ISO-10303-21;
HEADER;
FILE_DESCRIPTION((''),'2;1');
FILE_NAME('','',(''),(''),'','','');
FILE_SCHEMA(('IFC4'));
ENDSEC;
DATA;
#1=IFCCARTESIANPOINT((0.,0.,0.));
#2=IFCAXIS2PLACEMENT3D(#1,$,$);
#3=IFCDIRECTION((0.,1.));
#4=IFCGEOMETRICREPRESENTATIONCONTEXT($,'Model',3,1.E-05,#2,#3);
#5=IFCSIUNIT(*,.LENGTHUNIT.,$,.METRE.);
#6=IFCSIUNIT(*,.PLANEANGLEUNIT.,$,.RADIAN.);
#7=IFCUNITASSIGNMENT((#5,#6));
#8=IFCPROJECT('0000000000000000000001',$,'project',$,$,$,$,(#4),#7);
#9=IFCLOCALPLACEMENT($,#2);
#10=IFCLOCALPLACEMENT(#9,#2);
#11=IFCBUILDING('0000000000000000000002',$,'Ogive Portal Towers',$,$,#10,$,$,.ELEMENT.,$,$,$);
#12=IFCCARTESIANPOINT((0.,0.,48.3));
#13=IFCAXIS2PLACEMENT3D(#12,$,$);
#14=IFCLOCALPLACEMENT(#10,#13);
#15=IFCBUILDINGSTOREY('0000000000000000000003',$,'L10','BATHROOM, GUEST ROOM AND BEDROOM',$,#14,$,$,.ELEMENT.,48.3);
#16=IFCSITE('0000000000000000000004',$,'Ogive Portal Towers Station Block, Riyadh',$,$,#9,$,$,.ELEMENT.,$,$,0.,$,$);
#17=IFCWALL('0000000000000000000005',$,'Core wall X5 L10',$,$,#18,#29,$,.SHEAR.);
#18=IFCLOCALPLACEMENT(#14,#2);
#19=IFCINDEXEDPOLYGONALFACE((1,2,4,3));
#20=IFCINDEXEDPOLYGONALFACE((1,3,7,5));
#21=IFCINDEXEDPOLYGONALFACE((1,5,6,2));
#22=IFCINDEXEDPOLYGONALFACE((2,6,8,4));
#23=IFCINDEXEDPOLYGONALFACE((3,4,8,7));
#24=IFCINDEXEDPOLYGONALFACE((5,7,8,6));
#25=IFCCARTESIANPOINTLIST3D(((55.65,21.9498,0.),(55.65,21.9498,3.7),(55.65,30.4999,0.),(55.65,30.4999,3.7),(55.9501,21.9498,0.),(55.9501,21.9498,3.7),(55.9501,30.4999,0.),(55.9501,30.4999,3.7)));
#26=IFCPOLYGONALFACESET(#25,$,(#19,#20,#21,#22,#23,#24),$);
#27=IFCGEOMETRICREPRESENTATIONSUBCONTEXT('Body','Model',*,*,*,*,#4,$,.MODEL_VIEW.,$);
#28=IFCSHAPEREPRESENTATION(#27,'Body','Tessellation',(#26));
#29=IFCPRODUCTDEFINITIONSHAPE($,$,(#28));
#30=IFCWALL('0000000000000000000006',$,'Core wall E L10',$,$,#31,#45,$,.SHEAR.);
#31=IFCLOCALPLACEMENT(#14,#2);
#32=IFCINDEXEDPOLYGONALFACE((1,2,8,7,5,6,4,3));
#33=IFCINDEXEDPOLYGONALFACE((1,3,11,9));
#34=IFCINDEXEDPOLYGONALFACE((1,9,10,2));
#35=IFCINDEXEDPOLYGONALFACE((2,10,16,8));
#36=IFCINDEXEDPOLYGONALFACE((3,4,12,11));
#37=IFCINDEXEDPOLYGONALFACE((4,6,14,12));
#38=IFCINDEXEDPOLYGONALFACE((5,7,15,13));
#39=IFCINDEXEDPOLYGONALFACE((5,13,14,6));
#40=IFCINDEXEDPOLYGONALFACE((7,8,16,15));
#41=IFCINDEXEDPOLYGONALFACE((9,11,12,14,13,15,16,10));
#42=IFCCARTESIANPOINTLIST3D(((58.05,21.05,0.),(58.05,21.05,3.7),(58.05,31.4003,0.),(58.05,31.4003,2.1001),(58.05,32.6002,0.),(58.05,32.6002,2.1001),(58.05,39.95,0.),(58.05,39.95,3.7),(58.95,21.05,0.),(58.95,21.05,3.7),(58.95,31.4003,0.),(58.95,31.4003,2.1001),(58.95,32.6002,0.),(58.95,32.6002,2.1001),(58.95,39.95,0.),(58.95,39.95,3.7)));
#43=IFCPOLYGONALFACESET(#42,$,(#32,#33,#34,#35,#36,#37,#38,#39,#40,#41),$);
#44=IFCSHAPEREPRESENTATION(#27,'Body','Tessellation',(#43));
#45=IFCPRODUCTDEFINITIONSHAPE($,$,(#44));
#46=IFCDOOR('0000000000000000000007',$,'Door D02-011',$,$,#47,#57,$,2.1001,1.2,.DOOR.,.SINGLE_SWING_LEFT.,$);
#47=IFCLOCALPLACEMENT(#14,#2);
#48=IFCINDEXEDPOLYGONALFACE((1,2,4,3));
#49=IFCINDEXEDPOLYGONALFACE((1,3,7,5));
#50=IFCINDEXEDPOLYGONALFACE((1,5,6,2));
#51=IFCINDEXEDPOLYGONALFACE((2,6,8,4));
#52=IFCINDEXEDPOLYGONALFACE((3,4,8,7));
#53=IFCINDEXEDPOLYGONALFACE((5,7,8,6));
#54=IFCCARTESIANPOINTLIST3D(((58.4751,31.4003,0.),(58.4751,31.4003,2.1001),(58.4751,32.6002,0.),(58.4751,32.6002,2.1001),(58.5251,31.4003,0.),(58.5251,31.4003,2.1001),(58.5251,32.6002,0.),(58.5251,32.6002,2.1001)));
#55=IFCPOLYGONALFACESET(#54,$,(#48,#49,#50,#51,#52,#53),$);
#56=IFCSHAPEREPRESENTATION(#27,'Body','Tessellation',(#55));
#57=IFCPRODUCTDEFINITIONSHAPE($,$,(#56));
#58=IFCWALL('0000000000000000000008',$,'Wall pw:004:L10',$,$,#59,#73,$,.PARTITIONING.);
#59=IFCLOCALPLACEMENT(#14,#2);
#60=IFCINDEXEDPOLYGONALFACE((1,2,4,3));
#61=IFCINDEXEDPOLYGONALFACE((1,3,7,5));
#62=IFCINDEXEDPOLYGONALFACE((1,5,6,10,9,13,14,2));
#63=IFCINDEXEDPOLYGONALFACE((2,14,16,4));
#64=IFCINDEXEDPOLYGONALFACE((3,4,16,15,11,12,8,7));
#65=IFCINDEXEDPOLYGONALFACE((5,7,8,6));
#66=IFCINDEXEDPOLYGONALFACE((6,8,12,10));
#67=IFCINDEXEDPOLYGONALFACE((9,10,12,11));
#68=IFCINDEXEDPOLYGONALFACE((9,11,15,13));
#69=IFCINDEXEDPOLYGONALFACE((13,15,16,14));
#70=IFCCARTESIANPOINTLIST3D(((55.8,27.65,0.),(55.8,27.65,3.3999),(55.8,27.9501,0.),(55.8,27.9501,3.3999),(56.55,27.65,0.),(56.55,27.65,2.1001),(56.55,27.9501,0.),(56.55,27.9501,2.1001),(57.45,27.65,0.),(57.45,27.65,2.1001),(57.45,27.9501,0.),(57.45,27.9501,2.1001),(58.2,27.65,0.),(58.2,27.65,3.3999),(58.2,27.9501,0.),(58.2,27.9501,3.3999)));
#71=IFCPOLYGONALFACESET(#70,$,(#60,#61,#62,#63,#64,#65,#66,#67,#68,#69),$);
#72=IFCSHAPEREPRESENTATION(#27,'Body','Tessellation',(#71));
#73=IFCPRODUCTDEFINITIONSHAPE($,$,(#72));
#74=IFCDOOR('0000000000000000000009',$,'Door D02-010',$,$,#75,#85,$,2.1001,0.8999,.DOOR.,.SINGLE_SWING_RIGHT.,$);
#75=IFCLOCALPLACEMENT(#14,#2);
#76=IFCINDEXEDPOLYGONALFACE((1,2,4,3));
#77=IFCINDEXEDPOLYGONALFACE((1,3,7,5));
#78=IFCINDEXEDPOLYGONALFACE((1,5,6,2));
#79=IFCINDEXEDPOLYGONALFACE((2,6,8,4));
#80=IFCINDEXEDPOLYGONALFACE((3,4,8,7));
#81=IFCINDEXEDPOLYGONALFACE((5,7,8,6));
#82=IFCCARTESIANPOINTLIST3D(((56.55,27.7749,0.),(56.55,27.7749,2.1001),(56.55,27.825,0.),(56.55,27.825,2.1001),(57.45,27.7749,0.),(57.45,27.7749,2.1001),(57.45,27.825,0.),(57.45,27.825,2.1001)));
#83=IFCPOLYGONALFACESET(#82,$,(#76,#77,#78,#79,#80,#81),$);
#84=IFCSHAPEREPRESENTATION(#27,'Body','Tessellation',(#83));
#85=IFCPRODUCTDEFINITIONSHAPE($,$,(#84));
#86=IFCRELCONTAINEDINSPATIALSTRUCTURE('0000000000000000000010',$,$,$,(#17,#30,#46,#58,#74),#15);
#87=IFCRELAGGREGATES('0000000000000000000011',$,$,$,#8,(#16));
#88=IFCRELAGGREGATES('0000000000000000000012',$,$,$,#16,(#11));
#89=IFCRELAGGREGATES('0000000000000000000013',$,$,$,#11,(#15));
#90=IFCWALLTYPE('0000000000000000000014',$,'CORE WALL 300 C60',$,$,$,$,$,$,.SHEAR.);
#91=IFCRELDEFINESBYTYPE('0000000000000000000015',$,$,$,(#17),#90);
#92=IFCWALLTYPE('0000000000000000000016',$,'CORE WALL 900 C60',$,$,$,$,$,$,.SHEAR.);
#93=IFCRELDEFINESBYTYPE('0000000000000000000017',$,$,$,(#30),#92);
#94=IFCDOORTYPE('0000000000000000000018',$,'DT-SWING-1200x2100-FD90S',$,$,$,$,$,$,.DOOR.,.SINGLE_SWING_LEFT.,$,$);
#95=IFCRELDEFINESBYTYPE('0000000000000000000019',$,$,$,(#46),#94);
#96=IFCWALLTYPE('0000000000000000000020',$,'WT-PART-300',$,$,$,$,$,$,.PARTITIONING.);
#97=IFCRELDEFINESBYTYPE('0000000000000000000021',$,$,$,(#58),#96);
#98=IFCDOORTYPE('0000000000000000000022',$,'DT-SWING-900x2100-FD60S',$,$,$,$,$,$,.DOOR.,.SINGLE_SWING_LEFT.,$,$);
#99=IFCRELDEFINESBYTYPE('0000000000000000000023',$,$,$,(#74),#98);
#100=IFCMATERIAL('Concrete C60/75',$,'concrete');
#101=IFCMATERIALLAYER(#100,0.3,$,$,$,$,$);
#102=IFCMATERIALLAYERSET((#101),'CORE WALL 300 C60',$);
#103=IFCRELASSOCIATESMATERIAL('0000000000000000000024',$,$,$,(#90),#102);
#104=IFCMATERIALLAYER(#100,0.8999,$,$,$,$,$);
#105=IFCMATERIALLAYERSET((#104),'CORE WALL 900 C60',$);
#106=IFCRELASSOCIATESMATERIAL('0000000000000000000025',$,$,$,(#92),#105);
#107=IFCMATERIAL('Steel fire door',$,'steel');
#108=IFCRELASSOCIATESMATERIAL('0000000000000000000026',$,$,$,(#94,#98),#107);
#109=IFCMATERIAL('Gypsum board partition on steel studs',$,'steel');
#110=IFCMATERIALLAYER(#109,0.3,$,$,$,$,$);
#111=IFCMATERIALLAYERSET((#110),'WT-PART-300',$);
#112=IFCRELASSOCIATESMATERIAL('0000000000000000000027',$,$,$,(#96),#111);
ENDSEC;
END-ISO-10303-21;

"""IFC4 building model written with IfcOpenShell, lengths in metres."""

from ifc_helpers import new_model, si_unit, direction, frame, frame_2d, origin, place, context, subcontext, project, spatial, rectangle, extrude, material, layer, layer_set, type_object, element, fill, save


model = new_model("IFC4")

# Units and contexts
model_context = context("Model", 3, precision=1e-05, world=origin(), true_north=direction((0.0, 1.0)))
body_context = subcontext(model_context, "Body", "Model", "MODEL_VIEW")
ifc_project = project(units=[si_unit("LENGTHUNIT", "METRE"), si_unit("PLANEANGLEUNIT", "RADIAN")], contexts=[model_context])

# Site, building, storey
site_placement = place(None, origin())
site = spatial("IfcSite", under=ifc_project, at=site_placement, Name="Ogive Portal Towers Station Block, Riyadh", CompositionType="ELEMENT", RefElevation=0.0)
building_placement = place(site_placement, origin())
building = spatial("IfcBuilding", under=site, at=building_placement, Name="Ogive Portal Towers", CompositionType="ELEMENT")
storey_placement = place(building_placement, frame((0.0, 0.0, 48.3)))
storey = spatial("IfcBuildingStorey", under=building, at=storey_placement, Name="L10", Description="BATHROOM, GUEST ROOM AND BEDROOM", CompositionType="ELEMENT", Elevation=48.3)

# Wall
ifc_material_1 = material(Name="Concrete C60/75", Category="concrete")
ifc_layer_1 = layer(ifc_material_1, 0.3)
ifc_layer_set_1 = layer_set([ifc_layer_1], Name="CORE WALL 300 C60")
wall_type_1 = type_object("IfcWallType", Name="CORE WALL 300 C60", PredefinedType="SHEAR", material=ifc_layer_set_1)
wall_1_placement = place(storey_placement, frame((55.8, 21.95, 0.0), z_axis=(0.0, 0.0, 1.0), x_axis=(0.0, 1.0, 0.0)))
element("IfcWall", 1, at=wall_1_placement, inside=storey, type_object=wall_type_1, Name="Core wall X5 L10", PredefinedType="SHEAR", context=body_context, shape_type="SweptSolid", body=[
    extrude(rectangle(XDim=8.55, YDim=0.3, at=frame_2d((4.2749, 0.0))), origin(), (0.0, 0.0, 1.0), 3.7),
])

# Walls, openings, doors
ifc_layer_2 = layer(ifc_material_1, 0.8999)
ifc_layer_set_2 = layer_set([ifc_layer_2], Name="CORE WALL 900 C60")
wall_type_2 = type_object("IfcWallType", Name="CORE WALL 900 C60", PredefinedType="SHEAR", material=ifc_layer_set_2)
wall_2_placement = place(storey_placement, frame((58.5, 21.05, 0.0), z_axis=(0.0, 0.0, 1.0), x_axis=(0.0, 1.0, 0.0)))
wall_2 = element("IfcWall", 2, at=wall_2_placement, inside=storey, type_object=wall_type_2, Name="Core wall E L10", PredefinedType="SHEAR", context=body_context, shape_type="SweptSolid", body=[
    extrude(rectangle(XDim=18.8999, YDim=0.8999, at=frame_2d((9.45, 0.0))), origin(), (0.0, 0.0, 1.0), 3.7),
])
opening_1_placement = place(wall_2_placement, frame((10.3501, 0.0, 0.0)))
opening_1 = element("IfcOpeningElement", 3, at=opening_1_placement, cuts=wall_2, PredefinedType="OPENING", context=body_context, shape_type="SweptSolid", body=[
    extrude(rectangle(XDim=1.2, YDim=2.1001, at=frame_2d((0.6001, 1.05))), frame((0.0, 0.46, 0.0), z_axis=(0.0, -1.0, 0.0), x_axis=(1.0, 0.0, 0.0)), (0.0, 0.0, 1.0), 0.9199),
])
ifc_material_2 = material(Name="Steel fire door", Category="steel")
door_type_1 = type_object("IfcDoorType", Name="DT-SWING-1200x2100-FD90S", OperationType="SINGLE_SWING_LEFT", PredefinedType="DOOR", material=ifc_material_2)
door_1_placement = place(opening_1_placement, origin())
door_1 = element("IfcDoor", 4, at=door_1_placement, inside=storey, type_object=door_type_1, Name="Door D02-011", OperationType="SINGLE_SWING_LEFT", OverallHeight=2.1001, OverallWidth=1.2, PredefinedType="DOOR", context=body_context, shape_type="SweptSolid", body=[
    extrude(rectangle(XDim=1.2, YDim=2.1001, at=frame_2d((0.6001, 1.05))), frame((0.0, 0.0249, 0.0), z_axis=(0.0, -1.0, 0.0), x_axis=(1.0, 0.0, 0.0)), (0.0, 0.0, 1.0), 0.05),
])
fill(opening_1, door_1)
ifc_material_3 = material(Name="Gypsum board partition on steel studs", Category="steel")
ifc_layer_3 = layer(ifc_material_3, 0.3)
ifc_layer_set_3 = layer_set([ifc_layer_3], Name="WT-PART-300")
wall_type_3 = type_object("IfcWallType", Name="WT-PART-300", PredefinedType="PARTITIONING", material=ifc_layer_set_3)
wall_3_placement = place(storey_placement, frame((55.8, 27.8, 0.0), z_axis=(0.0, 0.0, 1.0), x_axis=(1.0, 0.0, 0.0)))
wall_3 = element("IfcWall", 5, at=wall_3_placement, inside=storey, type_object=wall_type_3, Name="Wall pw:004:L10", PredefinedType="PARTITIONING", context=body_context, shape_type="SweptSolid", body=[
    extrude(rectangle(XDim=2.3999, YDim=0.3, at=frame_2d((1.2, 0.0))), origin(), (0.0, 0.0, 1.0), 3.3999),
])
opening_2_placement = place(wall_3_placement, frame((0.75, 0.0, 0.0)))
opening_2 = element("IfcOpeningElement", 6, at=opening_2_placement, cuts=wall_3, PredefinedType="OPENING", context=body_context, shape_type="SweptSolid", body=[
    extrude(rectangle(XDim=0.8999, YDim=2.1001, at=frame_2d((0.45, 1.05))), frame((0.0, 0.1602, 0.0), z_axis=(0.0, -1.0, 0.0), x_axis=(1.0, 0.0, 0.0)), (0.0, 0.0, 1.0), 0.3201),
])
door_type_2 = type_object("IfcDoorType", Name="DT-SWING-900x2100-FD60S", OperationType="SINGLE_SWING_LEFT", PredefinedType="DOOR", material=ifc_material_2)
door_2_placement = place(opening_2_placement, origin())
door_2 = element("IfcDoor", 7, at=door_2_placement, inside=storey, type_object=door_type_2, Name="Door D02-010", OperationType="SINGLE_SWING_RIGHT", OverallHeight=2.1001, OverallWidth=0.8999, PredefinedType="DOOR", context=body_context, shape_type="SweptSolid", body=[
    extrude(rectangle(XDim=0.8999, YDim=2.1001, at=frame_2d((0.45, 1.05))), frame((0.0, 0.0249, 0.0), z_axis=(0.0, -1.0, 0.0), x_axis=(1.0, 0.0, 0.0)), (0.0, 0.0, 1.0), 0.05),
])
fill(opening_2, door_2)

save(model, "model.ifc")
